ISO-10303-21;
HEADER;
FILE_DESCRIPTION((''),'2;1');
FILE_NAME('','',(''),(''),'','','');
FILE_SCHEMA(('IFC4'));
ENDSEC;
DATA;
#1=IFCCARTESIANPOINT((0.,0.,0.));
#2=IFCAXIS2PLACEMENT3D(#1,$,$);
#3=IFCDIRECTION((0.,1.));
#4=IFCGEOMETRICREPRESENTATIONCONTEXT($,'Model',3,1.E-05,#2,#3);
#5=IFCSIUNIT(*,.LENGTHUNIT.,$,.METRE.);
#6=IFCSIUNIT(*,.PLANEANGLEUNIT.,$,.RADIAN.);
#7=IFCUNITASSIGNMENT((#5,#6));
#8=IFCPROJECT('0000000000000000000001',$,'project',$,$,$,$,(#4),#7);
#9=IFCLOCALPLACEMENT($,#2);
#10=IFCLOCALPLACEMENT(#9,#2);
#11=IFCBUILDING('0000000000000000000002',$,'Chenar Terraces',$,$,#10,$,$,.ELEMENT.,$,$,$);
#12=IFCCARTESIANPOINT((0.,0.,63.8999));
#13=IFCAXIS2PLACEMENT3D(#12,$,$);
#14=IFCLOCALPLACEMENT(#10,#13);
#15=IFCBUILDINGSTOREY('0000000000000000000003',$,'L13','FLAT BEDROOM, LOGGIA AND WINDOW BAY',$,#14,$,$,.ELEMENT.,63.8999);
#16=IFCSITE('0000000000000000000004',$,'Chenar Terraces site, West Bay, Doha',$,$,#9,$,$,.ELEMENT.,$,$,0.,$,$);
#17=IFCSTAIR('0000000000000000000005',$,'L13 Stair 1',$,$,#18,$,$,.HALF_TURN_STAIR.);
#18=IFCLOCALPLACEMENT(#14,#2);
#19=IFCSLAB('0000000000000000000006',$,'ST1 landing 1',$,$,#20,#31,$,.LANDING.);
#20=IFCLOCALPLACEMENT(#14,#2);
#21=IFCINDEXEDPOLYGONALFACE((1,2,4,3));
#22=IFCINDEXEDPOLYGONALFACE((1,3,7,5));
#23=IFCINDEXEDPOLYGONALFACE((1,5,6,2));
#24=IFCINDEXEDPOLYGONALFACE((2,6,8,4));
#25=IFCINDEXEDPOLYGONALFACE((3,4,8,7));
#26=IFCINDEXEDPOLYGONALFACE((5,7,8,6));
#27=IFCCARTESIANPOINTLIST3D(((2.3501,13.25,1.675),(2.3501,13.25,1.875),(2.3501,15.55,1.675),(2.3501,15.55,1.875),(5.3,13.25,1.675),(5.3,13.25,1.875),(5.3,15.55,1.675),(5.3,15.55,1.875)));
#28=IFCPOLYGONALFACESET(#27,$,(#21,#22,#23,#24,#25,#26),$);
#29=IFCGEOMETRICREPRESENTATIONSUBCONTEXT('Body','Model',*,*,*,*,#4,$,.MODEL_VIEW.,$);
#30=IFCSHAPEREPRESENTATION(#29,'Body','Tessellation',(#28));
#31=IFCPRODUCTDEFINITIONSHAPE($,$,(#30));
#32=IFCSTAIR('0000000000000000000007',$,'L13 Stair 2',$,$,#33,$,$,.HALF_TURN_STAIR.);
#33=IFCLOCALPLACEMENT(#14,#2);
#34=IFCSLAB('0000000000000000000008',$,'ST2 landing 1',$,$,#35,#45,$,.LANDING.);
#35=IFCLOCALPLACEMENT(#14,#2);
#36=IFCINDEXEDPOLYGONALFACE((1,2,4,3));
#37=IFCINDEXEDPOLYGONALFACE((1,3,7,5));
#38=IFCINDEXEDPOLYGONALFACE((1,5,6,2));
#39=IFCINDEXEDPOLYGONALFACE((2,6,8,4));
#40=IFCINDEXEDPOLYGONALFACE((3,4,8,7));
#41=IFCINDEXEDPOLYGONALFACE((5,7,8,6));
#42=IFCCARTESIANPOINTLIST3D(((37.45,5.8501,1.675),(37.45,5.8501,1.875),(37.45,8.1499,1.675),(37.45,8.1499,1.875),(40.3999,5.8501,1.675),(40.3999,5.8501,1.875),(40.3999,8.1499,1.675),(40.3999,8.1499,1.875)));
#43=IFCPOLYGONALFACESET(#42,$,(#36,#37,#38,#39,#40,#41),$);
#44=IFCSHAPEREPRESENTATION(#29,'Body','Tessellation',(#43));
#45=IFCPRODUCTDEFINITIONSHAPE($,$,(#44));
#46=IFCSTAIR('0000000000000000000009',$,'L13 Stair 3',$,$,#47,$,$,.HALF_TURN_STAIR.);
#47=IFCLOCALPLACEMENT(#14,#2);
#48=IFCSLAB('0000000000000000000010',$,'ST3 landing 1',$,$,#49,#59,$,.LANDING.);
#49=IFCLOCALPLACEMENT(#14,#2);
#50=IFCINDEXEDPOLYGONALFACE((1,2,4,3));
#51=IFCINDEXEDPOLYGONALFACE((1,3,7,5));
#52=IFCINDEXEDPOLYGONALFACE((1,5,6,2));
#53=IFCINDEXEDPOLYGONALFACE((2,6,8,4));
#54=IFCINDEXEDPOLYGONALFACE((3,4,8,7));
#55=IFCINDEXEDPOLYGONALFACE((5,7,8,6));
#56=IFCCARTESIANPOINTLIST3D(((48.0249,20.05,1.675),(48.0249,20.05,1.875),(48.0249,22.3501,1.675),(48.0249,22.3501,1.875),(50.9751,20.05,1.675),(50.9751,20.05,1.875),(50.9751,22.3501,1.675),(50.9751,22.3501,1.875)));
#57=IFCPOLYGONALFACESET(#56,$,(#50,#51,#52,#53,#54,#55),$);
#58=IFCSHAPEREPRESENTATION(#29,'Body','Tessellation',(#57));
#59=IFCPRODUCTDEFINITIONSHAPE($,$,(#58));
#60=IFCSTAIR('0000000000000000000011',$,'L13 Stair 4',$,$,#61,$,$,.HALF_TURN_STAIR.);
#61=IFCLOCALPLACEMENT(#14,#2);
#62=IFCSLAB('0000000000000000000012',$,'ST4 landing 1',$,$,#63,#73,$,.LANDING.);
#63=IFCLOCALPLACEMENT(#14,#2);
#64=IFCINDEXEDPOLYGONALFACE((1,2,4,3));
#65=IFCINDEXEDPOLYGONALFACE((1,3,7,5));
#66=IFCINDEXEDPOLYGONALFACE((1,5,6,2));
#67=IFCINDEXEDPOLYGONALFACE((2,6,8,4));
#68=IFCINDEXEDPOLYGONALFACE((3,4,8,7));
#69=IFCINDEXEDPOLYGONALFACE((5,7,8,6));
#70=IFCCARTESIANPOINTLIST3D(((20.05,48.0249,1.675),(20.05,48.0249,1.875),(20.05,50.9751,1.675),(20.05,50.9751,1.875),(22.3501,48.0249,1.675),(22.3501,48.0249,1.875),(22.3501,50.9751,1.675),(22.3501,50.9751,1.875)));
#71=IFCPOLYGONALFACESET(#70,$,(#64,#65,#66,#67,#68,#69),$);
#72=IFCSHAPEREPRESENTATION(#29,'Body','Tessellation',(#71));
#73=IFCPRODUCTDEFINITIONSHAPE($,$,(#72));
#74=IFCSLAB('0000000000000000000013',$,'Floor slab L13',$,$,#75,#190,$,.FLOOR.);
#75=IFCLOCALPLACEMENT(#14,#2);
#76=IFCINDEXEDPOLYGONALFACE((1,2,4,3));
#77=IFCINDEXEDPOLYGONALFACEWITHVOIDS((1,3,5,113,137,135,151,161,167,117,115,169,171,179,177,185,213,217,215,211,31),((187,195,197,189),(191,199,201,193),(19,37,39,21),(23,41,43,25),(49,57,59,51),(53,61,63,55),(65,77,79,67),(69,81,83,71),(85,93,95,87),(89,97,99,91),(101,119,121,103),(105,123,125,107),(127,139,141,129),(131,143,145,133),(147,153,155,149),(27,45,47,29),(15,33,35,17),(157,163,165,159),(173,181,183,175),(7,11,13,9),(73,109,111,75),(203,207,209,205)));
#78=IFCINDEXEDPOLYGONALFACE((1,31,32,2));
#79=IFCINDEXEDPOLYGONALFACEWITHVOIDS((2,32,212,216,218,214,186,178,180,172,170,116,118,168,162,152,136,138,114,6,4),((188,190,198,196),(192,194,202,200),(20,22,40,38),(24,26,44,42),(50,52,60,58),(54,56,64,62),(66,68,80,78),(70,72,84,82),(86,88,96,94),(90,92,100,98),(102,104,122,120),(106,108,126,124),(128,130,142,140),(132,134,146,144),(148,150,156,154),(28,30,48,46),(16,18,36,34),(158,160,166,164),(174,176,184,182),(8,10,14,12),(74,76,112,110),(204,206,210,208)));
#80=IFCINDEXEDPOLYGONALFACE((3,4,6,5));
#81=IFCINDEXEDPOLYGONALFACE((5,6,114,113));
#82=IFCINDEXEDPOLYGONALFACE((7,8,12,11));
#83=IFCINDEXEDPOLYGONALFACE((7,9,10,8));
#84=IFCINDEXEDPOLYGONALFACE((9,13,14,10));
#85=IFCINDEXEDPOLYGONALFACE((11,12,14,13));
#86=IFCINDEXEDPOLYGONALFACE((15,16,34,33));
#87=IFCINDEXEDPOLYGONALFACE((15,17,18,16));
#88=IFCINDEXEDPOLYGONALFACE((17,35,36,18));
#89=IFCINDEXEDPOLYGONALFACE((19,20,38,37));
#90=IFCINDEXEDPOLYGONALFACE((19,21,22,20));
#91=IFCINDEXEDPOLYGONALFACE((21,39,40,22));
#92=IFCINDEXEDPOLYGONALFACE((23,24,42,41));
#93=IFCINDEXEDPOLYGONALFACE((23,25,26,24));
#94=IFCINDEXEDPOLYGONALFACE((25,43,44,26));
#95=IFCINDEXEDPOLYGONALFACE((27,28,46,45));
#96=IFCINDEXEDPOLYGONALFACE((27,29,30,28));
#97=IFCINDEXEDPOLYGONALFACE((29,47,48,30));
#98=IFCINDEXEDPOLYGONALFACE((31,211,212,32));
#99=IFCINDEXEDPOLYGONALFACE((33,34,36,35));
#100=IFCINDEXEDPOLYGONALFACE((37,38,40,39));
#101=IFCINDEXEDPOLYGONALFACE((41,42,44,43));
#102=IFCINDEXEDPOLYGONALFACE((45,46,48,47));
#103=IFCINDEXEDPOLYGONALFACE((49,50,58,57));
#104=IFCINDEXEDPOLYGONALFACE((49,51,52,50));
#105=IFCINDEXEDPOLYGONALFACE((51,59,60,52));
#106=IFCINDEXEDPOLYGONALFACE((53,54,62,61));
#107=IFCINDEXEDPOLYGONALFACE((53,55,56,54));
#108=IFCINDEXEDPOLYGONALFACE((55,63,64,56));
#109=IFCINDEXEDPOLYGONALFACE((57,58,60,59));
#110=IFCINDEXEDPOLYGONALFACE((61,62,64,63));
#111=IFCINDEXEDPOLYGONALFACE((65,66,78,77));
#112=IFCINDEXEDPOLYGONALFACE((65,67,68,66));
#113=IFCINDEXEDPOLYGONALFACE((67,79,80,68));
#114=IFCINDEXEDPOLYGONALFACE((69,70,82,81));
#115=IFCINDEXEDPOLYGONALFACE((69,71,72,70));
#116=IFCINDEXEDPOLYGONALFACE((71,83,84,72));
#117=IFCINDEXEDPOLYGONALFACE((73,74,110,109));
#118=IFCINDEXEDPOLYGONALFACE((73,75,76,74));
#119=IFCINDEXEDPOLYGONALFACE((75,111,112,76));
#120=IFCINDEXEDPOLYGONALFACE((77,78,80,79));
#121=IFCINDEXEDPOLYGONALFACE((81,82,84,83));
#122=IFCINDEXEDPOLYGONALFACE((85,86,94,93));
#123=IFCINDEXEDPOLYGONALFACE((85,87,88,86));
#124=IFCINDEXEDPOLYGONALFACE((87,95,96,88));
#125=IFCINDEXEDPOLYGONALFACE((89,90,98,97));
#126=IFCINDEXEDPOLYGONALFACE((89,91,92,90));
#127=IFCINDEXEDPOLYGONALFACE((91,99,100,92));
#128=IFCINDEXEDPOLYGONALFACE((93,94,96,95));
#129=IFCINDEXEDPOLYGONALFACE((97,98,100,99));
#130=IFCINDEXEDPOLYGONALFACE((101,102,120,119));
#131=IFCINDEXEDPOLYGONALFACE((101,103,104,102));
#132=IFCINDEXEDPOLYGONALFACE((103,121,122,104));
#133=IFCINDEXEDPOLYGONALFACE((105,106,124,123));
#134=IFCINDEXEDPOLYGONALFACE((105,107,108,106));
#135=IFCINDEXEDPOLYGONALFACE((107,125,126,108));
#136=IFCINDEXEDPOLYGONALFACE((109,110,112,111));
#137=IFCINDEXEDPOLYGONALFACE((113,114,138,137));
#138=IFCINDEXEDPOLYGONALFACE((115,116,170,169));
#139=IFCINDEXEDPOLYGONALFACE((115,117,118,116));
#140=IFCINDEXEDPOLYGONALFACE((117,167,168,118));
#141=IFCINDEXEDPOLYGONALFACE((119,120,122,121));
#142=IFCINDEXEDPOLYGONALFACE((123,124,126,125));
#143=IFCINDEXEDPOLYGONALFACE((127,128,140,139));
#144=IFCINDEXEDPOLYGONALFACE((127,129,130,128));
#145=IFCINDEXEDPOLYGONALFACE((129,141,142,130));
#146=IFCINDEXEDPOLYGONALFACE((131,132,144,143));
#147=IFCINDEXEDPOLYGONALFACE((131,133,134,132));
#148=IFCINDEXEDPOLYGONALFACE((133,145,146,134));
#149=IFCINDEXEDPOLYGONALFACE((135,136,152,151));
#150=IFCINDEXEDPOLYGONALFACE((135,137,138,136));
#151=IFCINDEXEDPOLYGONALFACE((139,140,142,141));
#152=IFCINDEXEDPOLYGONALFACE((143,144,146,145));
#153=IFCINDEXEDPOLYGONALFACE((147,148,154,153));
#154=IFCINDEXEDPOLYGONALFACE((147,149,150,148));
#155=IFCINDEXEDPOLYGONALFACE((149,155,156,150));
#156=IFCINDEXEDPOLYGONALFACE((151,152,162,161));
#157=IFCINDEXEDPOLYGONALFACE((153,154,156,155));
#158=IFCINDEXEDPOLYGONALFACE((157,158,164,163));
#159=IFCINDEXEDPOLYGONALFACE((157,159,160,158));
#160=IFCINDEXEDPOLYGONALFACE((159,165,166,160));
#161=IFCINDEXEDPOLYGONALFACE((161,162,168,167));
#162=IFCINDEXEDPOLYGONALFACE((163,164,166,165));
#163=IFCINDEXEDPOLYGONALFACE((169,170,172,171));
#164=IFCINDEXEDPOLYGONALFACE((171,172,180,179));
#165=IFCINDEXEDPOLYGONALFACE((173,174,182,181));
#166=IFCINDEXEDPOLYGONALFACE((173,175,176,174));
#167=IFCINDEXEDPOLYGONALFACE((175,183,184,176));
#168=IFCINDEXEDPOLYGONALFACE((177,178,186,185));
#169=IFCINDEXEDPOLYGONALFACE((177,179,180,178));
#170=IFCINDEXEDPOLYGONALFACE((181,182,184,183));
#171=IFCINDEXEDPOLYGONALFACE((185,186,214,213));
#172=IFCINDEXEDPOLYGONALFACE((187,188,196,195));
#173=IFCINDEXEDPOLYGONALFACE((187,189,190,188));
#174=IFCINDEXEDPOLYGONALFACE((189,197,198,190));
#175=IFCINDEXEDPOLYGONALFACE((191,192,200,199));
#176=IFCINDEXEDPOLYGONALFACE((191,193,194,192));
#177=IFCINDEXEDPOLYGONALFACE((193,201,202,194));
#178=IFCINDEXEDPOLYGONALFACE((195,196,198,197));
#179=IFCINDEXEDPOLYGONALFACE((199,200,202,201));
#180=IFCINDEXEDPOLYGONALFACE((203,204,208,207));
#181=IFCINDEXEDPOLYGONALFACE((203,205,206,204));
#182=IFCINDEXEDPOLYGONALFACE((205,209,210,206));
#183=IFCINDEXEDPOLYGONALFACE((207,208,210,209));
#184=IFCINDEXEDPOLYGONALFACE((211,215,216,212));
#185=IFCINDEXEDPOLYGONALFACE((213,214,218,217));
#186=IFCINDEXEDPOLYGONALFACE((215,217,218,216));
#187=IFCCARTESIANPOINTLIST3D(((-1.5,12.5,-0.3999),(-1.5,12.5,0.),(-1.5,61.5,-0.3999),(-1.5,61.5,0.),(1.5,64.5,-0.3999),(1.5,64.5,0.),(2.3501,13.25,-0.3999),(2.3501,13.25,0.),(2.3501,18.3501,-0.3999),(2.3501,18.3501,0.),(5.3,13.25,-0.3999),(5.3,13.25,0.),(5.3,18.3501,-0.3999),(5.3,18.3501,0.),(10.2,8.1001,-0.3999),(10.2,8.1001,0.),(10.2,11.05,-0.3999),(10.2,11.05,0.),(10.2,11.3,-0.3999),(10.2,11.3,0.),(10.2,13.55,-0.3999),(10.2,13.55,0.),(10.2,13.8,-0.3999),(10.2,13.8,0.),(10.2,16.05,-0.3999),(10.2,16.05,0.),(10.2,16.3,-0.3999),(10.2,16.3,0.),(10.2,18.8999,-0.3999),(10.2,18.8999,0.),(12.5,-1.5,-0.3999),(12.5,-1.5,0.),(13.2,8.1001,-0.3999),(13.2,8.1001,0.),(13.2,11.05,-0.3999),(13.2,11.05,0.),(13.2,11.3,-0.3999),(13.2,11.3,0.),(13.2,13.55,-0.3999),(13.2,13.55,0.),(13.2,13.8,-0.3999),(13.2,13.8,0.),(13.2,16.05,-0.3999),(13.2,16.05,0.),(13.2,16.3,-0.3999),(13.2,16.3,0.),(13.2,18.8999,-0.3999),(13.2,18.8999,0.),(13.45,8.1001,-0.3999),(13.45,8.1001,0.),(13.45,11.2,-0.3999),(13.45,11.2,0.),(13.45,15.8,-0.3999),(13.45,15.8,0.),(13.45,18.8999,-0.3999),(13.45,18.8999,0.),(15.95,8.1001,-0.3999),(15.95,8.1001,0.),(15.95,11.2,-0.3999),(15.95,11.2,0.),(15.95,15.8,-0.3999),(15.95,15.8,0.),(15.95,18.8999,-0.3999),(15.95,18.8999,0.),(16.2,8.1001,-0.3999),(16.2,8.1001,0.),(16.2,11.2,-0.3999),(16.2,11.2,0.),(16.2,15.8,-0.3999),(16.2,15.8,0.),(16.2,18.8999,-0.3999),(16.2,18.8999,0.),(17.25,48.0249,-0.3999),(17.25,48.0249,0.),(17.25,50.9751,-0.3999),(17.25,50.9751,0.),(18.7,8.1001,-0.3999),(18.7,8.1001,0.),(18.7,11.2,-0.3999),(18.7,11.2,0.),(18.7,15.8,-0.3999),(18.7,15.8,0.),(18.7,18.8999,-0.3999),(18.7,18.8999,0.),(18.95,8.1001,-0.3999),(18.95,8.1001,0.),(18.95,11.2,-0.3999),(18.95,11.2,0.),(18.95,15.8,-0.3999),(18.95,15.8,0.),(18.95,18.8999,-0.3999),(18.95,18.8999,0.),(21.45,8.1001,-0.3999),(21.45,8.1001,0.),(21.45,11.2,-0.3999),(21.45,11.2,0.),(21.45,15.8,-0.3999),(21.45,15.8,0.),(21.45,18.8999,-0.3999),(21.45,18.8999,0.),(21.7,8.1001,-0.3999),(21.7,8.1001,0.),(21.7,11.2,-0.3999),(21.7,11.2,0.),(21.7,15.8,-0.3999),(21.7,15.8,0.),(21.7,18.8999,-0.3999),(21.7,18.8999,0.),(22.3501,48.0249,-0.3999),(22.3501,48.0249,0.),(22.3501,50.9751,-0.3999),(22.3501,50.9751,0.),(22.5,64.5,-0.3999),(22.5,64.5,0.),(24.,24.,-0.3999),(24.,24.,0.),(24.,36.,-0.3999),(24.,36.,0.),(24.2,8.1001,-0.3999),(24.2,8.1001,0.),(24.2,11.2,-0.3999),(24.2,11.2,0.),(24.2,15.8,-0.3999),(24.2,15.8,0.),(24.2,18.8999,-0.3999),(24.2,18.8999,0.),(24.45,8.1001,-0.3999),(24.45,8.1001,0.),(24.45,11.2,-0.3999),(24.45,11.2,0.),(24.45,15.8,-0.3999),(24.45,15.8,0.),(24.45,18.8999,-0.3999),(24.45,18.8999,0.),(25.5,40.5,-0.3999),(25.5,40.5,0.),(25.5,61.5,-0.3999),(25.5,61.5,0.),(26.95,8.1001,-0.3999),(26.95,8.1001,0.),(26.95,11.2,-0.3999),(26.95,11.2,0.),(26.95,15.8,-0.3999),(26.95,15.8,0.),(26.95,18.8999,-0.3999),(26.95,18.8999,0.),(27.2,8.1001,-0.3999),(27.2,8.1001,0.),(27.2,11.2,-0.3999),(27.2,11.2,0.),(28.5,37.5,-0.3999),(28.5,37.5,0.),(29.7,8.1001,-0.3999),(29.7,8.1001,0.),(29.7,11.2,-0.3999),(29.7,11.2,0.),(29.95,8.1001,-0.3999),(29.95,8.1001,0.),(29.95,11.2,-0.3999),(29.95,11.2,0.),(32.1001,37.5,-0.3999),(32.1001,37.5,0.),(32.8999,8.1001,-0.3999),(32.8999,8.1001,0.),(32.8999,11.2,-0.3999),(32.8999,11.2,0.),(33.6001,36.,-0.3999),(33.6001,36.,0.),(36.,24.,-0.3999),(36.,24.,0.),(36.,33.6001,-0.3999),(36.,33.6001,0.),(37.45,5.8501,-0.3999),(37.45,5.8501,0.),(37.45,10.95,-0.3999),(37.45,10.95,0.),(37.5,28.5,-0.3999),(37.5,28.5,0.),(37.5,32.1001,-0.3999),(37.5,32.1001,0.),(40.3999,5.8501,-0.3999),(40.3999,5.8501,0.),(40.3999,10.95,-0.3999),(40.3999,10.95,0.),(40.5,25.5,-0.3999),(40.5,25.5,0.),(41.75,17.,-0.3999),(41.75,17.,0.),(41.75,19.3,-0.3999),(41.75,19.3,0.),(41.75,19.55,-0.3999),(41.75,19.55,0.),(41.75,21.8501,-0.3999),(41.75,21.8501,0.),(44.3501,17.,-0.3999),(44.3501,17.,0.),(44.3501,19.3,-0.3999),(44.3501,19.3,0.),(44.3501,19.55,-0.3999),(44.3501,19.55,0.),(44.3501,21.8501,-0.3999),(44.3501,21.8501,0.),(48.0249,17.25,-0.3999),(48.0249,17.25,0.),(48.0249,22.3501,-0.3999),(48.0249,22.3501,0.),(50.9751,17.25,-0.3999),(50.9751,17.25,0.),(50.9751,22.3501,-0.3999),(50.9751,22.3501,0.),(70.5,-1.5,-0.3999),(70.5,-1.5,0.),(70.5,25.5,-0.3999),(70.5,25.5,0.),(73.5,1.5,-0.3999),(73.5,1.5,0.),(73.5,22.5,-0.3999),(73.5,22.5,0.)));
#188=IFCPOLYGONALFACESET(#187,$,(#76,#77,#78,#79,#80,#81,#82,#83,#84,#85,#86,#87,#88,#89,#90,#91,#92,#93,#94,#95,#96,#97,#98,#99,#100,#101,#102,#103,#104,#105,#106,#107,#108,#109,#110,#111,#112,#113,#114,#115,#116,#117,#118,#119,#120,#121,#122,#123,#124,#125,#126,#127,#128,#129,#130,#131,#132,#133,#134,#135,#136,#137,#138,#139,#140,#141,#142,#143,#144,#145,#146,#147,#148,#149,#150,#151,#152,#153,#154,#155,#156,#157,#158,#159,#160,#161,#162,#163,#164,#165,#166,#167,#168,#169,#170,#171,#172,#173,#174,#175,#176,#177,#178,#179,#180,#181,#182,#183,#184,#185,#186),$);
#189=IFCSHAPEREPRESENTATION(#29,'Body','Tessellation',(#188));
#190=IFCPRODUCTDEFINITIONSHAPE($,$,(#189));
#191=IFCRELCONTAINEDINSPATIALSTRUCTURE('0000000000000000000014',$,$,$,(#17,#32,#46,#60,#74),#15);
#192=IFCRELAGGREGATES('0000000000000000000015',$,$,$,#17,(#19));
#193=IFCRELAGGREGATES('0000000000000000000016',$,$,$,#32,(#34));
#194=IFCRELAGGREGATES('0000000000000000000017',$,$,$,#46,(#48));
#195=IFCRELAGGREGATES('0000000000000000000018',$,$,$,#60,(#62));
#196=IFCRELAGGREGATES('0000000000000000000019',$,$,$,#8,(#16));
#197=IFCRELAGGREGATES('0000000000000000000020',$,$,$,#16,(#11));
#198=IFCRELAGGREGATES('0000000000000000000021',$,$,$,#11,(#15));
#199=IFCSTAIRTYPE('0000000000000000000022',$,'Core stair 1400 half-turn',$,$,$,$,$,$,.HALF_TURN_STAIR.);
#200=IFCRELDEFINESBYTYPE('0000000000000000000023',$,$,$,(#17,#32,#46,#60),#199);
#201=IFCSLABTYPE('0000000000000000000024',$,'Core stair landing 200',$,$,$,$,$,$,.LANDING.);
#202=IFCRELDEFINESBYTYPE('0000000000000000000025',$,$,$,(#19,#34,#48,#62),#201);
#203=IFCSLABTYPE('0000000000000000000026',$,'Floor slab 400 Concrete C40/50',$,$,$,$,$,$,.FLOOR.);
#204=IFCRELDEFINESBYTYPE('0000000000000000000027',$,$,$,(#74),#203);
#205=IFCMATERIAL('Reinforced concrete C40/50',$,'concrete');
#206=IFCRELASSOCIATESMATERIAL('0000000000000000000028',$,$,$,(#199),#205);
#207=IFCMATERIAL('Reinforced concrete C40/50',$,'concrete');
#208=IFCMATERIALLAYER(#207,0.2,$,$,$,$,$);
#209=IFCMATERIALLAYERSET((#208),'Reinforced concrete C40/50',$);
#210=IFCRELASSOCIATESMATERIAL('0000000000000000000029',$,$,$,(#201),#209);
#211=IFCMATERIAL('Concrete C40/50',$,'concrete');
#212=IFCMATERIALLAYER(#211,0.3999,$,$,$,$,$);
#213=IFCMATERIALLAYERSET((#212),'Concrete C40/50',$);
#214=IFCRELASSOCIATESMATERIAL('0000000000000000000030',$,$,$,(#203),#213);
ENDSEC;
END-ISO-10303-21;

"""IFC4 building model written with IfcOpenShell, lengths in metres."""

from ifc_helpers import new_model, si_unit, direction, frame, origin, place, context, subcontext, project, spatial, polyline, outline, extrude, material, layer, layer_set, type_object, element, aggregate, save


model = new_model("IFC4")

# Units and contexts
model_context = context("Model", 3, precision=1e-05, world=origin(), true_north=direction((0.0, 1.0)))
body_context = subcontext(model_context, "Body", "Model", "MODEL_VIEW")
ifc_project = project(units=[si_unit("LENGTHUNIT", "METRE"), si_unit("PLANEANGLEUNIT", "RADIAN")], contexts=[model_context])

# Site, building, storey
site_placement = place(None, origin())
site = spatial("IfcSite", under=ifc_project, at=site_placement, Name="Chenar Terraces site, West Bay, Doha", CompositionType="ELEMENT", RefElevation=0.0)
building_placement = place(site_placement, origin())
building = spatial("IfcBuilding", under=site, at=building_placement, Name="Chenar Terraces", CompositionType="ELEMENT")
storey_placement = place(building_placement, frame((0.0, 0.0, 63.8999)))
storey = spatial("IfcBuildingStorey", under=building, at=storey_placement, Name="L13", Description="FLAT BEDROOM, LOGGIA AND WINDOW BAY", CompositionType="ELEMENT", Elevation=63.8999)

# Stairs, slabs
ifc_material_1 = material(Name="Reinforced concrete C40/50", Category="concrete")
stair_type = type_object("IfcStairType", Name="Core stair 1400 half-turn", PredefinedType="HALF_TURN_STAIR", material=ifc_material_1)
placement_1 = place(storey_placement, origin())
stair_1 = element("IfcStair", 1, at=placement_1, inside=storey, type_object=stair_type, Name="L13 Stair 1", PredefinedType="HALF_TURN_STAIR")
ifc_material_2 = material(Name="Reinforced concrete C40/50", Category="concrete")
ifc_layer_1 = layer(ifc_material_2, 0.2)
ifc_layer_set_1 = layer_set([ifc_layer_1], Name="Reinforced concrete C40/50")
slab_type_1 = type_object("IfcSlabType", Name="Core stair landing 200", PredefinedType="LANDING", material=ifc_layer_set_1)
placement_2 = place(storey_placement, frame((0.0, 0.0, 1.675)))
slab_1 = element("IfcSlab", 2, at=placement_2, type_object=slab_type_1, Name="ST1 landing 1", PredefinedType="LANDING", context=body_context, shape_type="SweptSolid", body=[
    extrude(outline(polyline([(2.3501, 15.55), (2.3501, 13.25), (5.3, 13.25), (5.3, 15.55), (2.3501, 15.55)])), origin(), (0.0, 0.0, 1.0), 0.2),
])
aggregate(stair_1, [slab_1])
stair_2 = element("IfcStair", 3, at=placement_1, inside=storey, type_object=stair_type, Name="L13 Stair 2", PredefinedType="HALF_TURN_STAIR")
slab_2 = element("IfcSlab", 4, at=placement_2, type_object=slab_type_1, Name="ST2 landing 1", PredefinedType="LANDING", context=body_context, shape_type="SweptSolid", body=[
    extrude(outline(polyline([(37.45, 8.1499), (37.45, 5.8501), (40.3999, 5.8501), (40.3999, 8.1499), (37.45, 8.1499)])), origin(), (0.0, 0.0, 1.0), 0.2),
])
aggregate(stair_2, [slab_2])
stair_3 = element("IfcStair", 5, at=placement_1, inside=storey, type_object=stair_type, Name="L13 Stair 3", PredefinedType="HALF_TURN_STAIR")
slab_3 = element("IfcSlab", 6, at=placement_2, type_object=slab_type_1, Name="ST3 landing 1", PredefinedType="LANDING", context=body_context, shape_type="SweptSolid", body=[
    extrude(outline(polyline([(50.9751, 20.05), (50.9751, 22.3501), (48.0249, 22.3501), (48.0249, 20.05), (50.9751, 20.05)])), origin(), (0.0, 0.0, 1.0), 0.2),
])
aggregate(stair_3, [slab_3])
stair_4 = element("IfcStair", 7, at=placement_1, inside=storey, type_object=stair_type, Name="L13 Stair 4", PredefinedType="HALF_TURN_STAIR")
slab_4 = element("IfcSlab", 8, at=placement_2, type_object=slab_type_1, Name="ST4 landing 1", PredefinedType="LANDING", context=body_context, shape_type="SweptSolid", body=[
    extrude(outline(polyline([(20.05, 48.0249), (22.3501, 48.0249), (22.3501, 50.9751), (20.05, 50.9751), (20.05, 48.0249)])), origin(), (0.0, 0.0, 1.0), 0.2),
])
aggregate(stair_4, [slab_4])

# Slab
ifc_material_3 = material(Name="Concrete C40/50", Category="concrete")
ifc_layer_2 = layer(ifc_material_3, 0.3999)
ifc_layer_set_2 = layer_set([ifc_layer_2], Name="Concrete C40/50")
slab_type_2 = type_object("IfcSlabType", Name="Floor slab 400 Concrete C40/50", PredefinedType="FLOOR", material=ifc_layer_set_2)
slab_5_placement = place(storey_placement, frame((0.0, 0.0, -0.3999)))
element("IfcSlab", 9, at=slab_5_placement, inside=storey, type_object=slab_type_2, Name="Floor slab L13", PredefinedType="FLOOR", context=body_context, shape_type="SweptSolid", body=[
    extrude(outline(polyline([(73.5, 22.5), (73.5, 1.5), (70.5, -1.5), (12.5, -1.5), (-1.5, 12.5), (-1.5, 61.5), (1.5, 64.5), (22.5, 64.5), (25.5, 61.5), (25.5, 40.5), (28.5, 37.5), (32.1001, 37.5), (33.6001, 36.0), (24.0, 36.0), (24.0, 24.0), (36.0, 24.0), (36.0, 33.6001), (37.5, 32.1001), (37.5, 28.5), (40.5, 25.5), (70.5, 25.5), (73.5, 22.5)]), holes=[polyline([(13.2, 11.05), (10.2, 11.05), (10.2, 8.1001), (13.2, 8.1001), (13.2, 11.05)]), polyline([(15.95, 11.2), (13.45, 11.2), (13.45, 8.1001), (15.95, 8.1001), (15.95, 11.2)]), polyline([(18.7, 11.2), (16.2, 11.2), (16.2, 8.1001), (18.7, 8.1001), (18.7, 11.2)]), polyline([(21.45, 8.1001), (21.45, 11.2), (18.95, 11.2), (18.95, 8.1001), (21.45, 8.1001)]), polyline([(13.2, 11.3), (13.2, 13.55), (10.2, 13.55), (10.2, 11.3), (13.2, 11.3)]), polyline([(13.2, 16.05), (10.2, 16.05), (10.2, 13.8), (13.2, 13.8), (13.2, 16.05)]), polyline([(2.3501, 18.3501), (2.3501, 13.25), (5.3, 13.25), (5.3, 18.3501), (2.3501, 18.3501)]), polyline([(15.95, 15.8), (15.95, 18.8999), (13.45, 18.8999), (13.45, 15.8), (15.95, 15.8)]), polyline([(18.7, 18.8999), (16.2, 18.8999), (16.2, 15.8), (18.7, 15.8), (18.7, 18.8999)]), polyline([(21.45, 15.8), (21.45, 18.8999), (18.95, 18.8999), (18.95, 15.8), (21.45, 15.8)]), polyline([(13.2, 16.3), (13.2, 18.8999), (10.2, 18.8999), (10.2, 16.3), (13.2, 16.3)]), polyline([(22.3501, 48.0249), (22.3501, 50.9751), (17.25, 50.9751), (17.25, 48.0249), (22.3501, 48.0249)]), polyline([(37.45, 10.95), (37.45, 5.8501), (40.3999, 5.8501), (40.3999, 10.95), (37.45, 10.95)]), polyline([(24.2, 8.1001), (24.2, 11.2), (21.7, 11.2), (21.7, 8.1001), (24.2, 8.1001)]), polyline([(26.95, 11.2), (24.45, 11.2), (24.45, 8.1001), (26.95, 8.1001), (26.95, 11.2)]), polyline([(29.7, 8.1001), (29.7, 11.2), (27.2, 11.2), (27.2, 8.1001), (29.7, 8.1001)]), polyline([(32.8999, 8.1001), (32.8999, 11.2), (29.95, 11.2), (29.95, 8.1001), (32.8999, 8.1001)]), polyline([(24.2, 18.8999), (21.7, 18.8999), (21.7, 15.8), (24.2, 15.8), (24.2, 18.8999)]), polyline([(26.95, 15.8), (26.95, 18.8999), (24.45, 18.8999), (24.45, 15.8), (26.95, 15.8)]), polyline([(44.3501, 17.0), (44.3501, 19.3), (41.75, 19.3), (41.75, 17.0), (44.3501, 17.0)]), polyline([(50.9751, 22.3501), (48.0249, 22.3501), (48.0249, 17.25), (50.9751, 17.25), (50.9751, 22.3501)]), polyline([(44.3501, 19.55), (44.3501, 21.8501), (41.75, 21.8501), (41.75, 19.55), (44.3501, 19.55)])]), origin(), (0.0, 0.0, 1.0), 0.3999),
])

save(model, "model.ifc")
